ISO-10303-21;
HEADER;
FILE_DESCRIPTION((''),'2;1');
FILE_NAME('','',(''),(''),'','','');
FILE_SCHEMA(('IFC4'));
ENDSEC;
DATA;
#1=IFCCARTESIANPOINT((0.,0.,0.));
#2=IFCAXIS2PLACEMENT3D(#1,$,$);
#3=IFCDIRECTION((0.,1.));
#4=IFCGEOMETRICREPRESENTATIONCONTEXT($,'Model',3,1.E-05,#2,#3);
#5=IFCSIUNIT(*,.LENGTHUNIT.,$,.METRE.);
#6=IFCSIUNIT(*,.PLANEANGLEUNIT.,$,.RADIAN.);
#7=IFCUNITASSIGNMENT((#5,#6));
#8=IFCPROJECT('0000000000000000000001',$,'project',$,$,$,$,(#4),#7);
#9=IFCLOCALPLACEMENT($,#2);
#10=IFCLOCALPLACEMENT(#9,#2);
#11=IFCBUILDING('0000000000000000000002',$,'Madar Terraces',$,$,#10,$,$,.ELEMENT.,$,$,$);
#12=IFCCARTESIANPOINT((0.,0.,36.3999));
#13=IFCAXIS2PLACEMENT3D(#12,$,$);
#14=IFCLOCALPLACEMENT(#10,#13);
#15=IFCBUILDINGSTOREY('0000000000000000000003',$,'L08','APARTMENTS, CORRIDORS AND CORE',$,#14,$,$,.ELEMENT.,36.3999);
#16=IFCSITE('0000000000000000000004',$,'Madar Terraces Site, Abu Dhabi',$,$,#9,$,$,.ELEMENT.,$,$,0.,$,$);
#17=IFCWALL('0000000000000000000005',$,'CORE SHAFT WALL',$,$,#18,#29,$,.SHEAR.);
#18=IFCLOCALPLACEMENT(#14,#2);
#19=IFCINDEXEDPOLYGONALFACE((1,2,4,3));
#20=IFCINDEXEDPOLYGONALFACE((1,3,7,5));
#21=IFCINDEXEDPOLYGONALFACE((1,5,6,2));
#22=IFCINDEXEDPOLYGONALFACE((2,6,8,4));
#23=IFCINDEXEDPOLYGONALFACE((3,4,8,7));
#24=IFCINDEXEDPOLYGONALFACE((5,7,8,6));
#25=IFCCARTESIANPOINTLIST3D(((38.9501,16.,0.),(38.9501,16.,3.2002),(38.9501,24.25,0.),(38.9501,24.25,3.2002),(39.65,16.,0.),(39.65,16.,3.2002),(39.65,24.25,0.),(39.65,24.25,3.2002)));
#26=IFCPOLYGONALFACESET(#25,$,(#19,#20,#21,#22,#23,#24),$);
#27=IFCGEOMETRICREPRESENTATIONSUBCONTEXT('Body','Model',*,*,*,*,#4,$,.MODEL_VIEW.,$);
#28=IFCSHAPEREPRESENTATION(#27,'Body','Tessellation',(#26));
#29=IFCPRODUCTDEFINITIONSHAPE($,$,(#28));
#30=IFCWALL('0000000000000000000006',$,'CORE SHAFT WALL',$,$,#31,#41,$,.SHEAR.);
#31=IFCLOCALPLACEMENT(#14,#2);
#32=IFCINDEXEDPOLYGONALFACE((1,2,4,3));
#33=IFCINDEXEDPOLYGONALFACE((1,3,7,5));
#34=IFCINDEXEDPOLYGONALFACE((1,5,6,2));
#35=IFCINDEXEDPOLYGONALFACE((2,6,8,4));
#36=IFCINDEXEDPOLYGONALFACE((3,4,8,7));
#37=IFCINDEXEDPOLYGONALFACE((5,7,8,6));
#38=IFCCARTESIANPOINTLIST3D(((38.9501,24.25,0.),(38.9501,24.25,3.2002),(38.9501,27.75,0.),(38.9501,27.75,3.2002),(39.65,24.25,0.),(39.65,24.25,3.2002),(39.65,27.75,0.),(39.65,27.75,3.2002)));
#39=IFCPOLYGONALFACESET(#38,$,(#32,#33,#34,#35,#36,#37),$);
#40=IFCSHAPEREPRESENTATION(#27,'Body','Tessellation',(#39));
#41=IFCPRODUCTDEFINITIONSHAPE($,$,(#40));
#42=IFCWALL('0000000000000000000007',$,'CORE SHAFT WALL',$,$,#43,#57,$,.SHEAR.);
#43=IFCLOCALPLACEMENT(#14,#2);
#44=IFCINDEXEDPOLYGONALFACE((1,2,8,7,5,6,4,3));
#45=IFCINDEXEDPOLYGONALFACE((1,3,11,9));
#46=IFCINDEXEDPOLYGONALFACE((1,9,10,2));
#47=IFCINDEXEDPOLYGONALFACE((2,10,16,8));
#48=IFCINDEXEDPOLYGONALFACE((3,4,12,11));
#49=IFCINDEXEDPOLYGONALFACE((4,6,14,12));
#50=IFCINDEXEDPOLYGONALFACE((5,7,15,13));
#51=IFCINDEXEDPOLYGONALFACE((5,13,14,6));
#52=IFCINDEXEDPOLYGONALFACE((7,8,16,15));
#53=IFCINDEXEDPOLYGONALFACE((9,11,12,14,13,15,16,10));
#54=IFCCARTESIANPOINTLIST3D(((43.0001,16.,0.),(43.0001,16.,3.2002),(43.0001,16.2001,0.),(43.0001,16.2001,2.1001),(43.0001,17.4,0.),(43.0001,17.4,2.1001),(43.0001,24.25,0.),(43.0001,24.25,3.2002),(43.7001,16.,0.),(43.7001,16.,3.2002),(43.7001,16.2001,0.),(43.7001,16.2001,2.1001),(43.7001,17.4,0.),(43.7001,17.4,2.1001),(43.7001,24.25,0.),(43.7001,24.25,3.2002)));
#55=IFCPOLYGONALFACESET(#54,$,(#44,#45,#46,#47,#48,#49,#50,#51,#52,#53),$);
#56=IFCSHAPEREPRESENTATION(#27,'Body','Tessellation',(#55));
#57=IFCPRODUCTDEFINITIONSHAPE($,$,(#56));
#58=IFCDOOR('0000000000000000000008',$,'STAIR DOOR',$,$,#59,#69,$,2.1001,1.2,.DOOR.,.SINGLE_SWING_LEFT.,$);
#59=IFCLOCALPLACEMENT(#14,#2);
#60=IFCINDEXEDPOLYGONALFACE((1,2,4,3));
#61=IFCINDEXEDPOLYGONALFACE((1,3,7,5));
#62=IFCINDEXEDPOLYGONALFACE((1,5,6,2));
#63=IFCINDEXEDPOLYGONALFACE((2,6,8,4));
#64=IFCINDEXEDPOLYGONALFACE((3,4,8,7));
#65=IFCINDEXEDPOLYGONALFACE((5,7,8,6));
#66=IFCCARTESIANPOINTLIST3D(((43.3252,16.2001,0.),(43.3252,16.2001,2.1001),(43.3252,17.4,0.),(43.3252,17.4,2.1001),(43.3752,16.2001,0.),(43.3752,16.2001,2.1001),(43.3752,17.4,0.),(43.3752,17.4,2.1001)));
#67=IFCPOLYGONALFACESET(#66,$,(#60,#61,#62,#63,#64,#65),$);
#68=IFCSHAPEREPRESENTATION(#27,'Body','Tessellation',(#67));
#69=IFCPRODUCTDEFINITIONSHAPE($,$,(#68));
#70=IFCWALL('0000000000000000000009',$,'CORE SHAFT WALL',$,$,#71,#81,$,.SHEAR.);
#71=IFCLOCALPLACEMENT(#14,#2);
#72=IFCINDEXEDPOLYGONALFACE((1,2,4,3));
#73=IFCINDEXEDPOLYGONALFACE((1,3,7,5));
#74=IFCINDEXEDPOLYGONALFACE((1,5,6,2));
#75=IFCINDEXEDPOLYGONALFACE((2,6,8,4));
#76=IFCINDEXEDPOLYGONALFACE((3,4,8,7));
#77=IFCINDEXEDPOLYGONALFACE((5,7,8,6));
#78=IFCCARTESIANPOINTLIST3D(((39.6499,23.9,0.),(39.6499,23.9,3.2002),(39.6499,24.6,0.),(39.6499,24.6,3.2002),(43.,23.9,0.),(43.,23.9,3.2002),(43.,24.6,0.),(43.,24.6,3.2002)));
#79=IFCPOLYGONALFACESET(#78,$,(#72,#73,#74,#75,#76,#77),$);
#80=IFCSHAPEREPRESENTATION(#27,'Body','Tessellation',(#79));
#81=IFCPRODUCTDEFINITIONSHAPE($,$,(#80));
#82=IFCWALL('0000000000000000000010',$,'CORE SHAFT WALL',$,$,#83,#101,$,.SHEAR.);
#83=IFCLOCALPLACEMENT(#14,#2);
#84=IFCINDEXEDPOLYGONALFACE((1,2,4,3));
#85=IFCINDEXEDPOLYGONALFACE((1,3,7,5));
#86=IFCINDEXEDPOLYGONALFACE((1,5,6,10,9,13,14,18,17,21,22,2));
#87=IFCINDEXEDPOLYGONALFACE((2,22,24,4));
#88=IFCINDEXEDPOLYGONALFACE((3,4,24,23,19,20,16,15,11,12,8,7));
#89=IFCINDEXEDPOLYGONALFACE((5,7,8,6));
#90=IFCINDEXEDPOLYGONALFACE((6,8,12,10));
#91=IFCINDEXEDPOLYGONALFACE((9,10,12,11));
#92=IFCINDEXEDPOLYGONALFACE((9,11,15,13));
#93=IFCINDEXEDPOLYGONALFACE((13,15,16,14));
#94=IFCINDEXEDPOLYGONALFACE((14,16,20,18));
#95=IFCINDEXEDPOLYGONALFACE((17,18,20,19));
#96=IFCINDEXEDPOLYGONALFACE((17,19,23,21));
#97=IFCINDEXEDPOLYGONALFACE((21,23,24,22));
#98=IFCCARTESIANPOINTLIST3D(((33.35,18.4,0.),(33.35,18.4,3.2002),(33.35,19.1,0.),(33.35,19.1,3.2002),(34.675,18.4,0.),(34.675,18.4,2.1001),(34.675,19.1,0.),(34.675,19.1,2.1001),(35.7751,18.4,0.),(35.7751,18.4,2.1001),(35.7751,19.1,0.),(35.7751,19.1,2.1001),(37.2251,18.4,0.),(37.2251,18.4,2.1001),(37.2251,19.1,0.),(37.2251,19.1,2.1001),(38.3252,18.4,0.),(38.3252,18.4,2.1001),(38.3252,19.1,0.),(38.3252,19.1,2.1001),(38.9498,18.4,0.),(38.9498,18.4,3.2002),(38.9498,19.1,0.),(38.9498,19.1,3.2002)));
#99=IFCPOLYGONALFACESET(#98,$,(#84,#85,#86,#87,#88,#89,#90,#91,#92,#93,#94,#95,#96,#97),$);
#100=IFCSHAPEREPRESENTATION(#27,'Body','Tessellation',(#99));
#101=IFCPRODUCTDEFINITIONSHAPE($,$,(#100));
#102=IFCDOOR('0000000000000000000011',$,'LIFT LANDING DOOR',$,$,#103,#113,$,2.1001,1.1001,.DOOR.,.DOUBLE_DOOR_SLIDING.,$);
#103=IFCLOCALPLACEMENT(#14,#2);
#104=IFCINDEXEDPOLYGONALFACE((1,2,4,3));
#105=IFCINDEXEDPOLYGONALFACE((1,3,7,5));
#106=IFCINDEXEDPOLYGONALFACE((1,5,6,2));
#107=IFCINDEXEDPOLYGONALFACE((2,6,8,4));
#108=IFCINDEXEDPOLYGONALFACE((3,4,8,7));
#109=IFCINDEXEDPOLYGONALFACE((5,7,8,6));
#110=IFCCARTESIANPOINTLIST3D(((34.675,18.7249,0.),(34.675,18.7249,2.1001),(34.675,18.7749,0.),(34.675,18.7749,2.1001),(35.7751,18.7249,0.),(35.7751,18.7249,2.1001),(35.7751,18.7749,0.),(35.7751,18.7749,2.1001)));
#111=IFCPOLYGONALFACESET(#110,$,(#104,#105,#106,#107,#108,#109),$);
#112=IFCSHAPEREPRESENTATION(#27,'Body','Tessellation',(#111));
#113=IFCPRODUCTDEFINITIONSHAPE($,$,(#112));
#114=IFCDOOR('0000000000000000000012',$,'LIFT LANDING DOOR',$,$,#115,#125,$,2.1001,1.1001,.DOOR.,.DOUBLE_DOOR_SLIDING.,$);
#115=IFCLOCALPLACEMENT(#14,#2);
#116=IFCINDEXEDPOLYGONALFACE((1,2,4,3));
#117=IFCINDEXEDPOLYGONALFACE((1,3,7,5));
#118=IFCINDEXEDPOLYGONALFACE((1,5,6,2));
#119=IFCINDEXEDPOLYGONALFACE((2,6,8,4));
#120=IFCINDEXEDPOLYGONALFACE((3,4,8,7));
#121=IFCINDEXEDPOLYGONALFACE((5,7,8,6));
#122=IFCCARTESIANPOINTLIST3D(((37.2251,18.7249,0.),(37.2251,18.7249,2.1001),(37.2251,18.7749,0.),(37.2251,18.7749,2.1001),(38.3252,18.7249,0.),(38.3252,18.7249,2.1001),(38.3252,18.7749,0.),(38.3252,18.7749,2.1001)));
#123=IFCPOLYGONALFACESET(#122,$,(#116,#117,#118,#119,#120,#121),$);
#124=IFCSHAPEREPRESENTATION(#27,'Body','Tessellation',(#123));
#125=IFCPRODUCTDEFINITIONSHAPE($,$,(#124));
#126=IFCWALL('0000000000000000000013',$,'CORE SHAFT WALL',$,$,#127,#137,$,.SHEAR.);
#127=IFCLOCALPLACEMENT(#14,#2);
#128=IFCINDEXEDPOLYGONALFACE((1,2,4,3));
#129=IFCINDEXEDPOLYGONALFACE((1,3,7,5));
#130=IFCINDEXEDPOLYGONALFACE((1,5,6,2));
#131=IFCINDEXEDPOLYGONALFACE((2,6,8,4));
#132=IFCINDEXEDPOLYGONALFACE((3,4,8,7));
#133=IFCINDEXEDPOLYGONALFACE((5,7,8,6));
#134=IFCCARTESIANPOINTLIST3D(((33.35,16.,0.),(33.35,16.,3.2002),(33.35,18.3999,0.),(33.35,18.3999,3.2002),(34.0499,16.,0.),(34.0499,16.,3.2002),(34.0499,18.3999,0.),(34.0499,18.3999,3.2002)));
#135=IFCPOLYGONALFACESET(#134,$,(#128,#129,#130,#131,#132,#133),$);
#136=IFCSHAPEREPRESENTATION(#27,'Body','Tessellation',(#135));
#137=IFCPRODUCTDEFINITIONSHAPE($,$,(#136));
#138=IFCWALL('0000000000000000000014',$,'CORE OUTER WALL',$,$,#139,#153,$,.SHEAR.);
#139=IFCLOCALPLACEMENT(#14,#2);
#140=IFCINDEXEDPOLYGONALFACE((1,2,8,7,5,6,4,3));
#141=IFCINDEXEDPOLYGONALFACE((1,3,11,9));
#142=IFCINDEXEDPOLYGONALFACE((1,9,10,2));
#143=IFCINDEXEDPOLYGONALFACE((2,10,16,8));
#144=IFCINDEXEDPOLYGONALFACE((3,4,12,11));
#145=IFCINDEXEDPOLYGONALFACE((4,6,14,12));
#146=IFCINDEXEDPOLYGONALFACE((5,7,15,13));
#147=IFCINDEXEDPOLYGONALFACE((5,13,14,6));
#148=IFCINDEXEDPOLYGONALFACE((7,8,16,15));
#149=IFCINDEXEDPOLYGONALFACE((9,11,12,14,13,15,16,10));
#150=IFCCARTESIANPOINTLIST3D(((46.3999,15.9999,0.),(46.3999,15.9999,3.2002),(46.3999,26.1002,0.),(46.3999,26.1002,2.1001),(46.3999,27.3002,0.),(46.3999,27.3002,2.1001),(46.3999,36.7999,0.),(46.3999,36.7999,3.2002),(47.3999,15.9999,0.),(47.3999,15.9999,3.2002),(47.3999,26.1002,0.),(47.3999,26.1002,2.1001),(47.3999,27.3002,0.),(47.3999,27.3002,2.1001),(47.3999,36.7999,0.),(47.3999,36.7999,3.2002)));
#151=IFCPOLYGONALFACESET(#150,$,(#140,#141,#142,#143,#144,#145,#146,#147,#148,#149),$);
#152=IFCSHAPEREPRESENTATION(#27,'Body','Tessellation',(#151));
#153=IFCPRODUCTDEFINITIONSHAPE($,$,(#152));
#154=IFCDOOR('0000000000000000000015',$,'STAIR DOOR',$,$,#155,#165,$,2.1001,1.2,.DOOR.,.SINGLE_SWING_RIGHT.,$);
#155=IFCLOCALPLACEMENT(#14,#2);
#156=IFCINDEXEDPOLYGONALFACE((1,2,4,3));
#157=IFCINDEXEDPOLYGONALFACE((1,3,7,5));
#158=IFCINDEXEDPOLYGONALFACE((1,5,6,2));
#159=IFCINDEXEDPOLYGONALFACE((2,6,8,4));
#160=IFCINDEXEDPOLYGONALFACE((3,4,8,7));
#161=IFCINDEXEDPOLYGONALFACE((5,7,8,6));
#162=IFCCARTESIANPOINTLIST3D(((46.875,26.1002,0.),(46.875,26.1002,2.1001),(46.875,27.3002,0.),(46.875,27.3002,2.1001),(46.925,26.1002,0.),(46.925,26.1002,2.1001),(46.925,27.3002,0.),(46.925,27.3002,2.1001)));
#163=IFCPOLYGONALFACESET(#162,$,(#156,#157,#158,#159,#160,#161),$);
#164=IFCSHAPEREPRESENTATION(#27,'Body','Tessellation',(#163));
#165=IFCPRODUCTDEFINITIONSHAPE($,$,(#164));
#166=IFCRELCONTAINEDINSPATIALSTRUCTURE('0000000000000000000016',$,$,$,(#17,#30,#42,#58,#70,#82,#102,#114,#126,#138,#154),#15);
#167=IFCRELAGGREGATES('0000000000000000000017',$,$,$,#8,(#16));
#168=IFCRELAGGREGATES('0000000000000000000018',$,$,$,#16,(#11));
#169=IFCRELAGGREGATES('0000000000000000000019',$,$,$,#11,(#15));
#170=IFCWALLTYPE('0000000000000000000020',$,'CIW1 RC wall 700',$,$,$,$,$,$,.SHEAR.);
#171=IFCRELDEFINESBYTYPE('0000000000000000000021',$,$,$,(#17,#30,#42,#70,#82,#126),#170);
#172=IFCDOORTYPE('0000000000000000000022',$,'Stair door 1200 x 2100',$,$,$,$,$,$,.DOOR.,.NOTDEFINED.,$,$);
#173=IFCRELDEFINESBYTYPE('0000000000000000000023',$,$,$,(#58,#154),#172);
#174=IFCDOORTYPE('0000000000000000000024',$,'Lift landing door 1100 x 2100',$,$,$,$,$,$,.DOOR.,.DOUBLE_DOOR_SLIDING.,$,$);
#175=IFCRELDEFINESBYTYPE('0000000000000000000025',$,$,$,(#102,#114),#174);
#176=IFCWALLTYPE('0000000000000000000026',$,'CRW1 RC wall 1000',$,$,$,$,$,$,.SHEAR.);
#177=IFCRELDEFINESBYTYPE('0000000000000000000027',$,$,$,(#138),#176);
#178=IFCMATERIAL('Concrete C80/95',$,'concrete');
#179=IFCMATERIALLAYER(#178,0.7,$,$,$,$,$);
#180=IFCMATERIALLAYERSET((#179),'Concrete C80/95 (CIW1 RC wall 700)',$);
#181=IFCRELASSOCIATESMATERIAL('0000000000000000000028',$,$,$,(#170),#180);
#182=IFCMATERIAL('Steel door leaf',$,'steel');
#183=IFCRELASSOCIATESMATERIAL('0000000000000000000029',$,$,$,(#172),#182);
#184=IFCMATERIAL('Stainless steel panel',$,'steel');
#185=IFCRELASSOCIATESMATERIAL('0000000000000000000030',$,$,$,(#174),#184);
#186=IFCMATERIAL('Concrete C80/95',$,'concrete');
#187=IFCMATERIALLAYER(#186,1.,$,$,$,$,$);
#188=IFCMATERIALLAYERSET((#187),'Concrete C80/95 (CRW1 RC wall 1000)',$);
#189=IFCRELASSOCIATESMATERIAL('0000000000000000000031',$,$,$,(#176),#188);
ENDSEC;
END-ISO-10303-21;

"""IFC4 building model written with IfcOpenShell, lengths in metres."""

from ifc_helpers import new_model, si_unit, direction, frame, frame_2d, origin, place, context, subcontext, project, spatial, rectangle, extrude, material, layer, layer_set, type_object, element, fill, save


model = new_model("IFC4")

# Units and contexts
model_context = context("Model", 3, precision=1e-05, world=origin(), true_north=direction((0.0, 1.0)))
body_context = subcontext(model_context, "Body", "Model", "MODEL_VIEW")
ifc_project = project(units=[si_unit("LENGTHUNIT", "METRE"), si_unit("PLANEANGLEUNIT", "RADIAN")], contexts=[model_context])

# Site, building, storey
site_placement = place(None, origin())
site = spatial("IfcSite", under=ifc_project, at=site_placement, Name="Madar Terraces Site, Abu Dhabi", CompositionType="ELEMENT", RefElevation=0.0)
building_placement = place(site_placement, origin())
building = spatial("IfcBuilding", under=site, at=building_placement, Name="Madar Terraces", CompositionType="ELEMENT")
storey_placement = place(building_placement, frame((0.0, 0.0, 36.3999)))
storey = spatial("IfcBuildingStorey", under=building, at=storey_placement, Name="L08", Description="APARTMENTS, CORRIDORS AND CORE", CompositionType="ELEMENT", Elevation=36.3999)

# Walls
ifc_material_1 = material(Name="Concrete C80/95", Category="concrete")
ifc_layer_1 = layer(ifc_material_1, 0.7)
ifc_layer_set_1 = layer_set([ifc_layer_1], Name="Concrete C80/95 (CIW1 RC wall 700)")
wall_type_1 = type_object("IfcWallType", Name="CIW1 RC wall 700", PredefinedType="SHEAR", material=ifc_layer_set_1)
wall_1_placement = place(storey_placement, frame((39.3, 16.0, 0.0), z_axis=(0.0, 0.0, 1.0), x_axis=(0.0, 1.0, 0.0)))
element("IfcWall", 1, at=wall_1_placement, inside=storey, type_object=wall_type_1, Name="CORE SHAFT WALL", PredefinedType="SHEAR", context=body_context, shape_type="SweptSolid", body=[
    extrude(rectangle(XDim=8.25, YDim=0.7, at=frame_2d((4.125, 0.0))), origin(), (0.0, 0.0, 1.0), 3.2002),
])
wall_2_placement = place(storey_placement, frame((39.3, 24.25, 0.0), z_axis=(0.0, 0.0, 1.0), x_axis=(0.0, 1.0, 0.0)))
element("IfcWall", 2, at=wall_2_placement, inside=storey, type_object=wall_type_1, Name="CORE SHAFT WALL", PredefinedType="SHEAR", context=body_context, shape_type="SweptSolid", body=[
    extrude(rectangle(XDim=3.5, YDim=0.7, at=frame_2d((1.75, 0.0))), origin(), (0.0, 0.0, 1.0), 3.2002),
])

# Wall, opening, door
wall_3_placement = place(storey_placement, frame((43.3501, 16.0, 0.0), z_axis=(0.0, 0.0, 1.0), x_axis=(0.0, 1.0, 0.0)))
wall_3 = element("IfcWall", 3, at=wall_3_placement, inside=storey, type_object=wall_type_1, Name="CORE SHAFT WALL", PredefinedType="SHEAR", context=body_context, shape_type="SweptSolid", body=[
    extrude(rectangle(XDim=8.25, YDim=0.7, at=frame_2d((4.125, 0.0))), origin(), (0.0, 0.0, 1.0), 3.2002),
])
opening_1_placement = place(wall_3_placement, frame((0.2, 0.0, 0.0)))
opening_1 = element("IfcOpeningElement", 4, at=opening_1_placement, cuts=wall_3, PredefinedType="OPENING", context=body_context, shape_type="SweptSolid", body=[
    extrude(rectangle(XDim=1.2, YDim=2.1001, at=frame_2d((0.6001, 1.05))), frame((0.0, 0.3599, 0.0), z_axis=(0.0, -1.0, 0.0), x_axis=(1.0, 0.0, 0.0)), (0.0, 0.0, 1.0), 0.72),
])
ifc_material_2 = material(Name="Steel door leaf", Category="steel")
door_type_1 = type_object("IfcDoorType", Name="Stair door 1200 x 2100", OperationType="NOTDEFINED", PredefinedType="DOOR", material=ifc_material_2)
door_1_placement = place(opening_1_placement, origin())
door_1 = element("IfcDoor", 5, at=door_1_placement, inside=storey, type_object=door_type_1, Name="STAIR DOOR", OperationType="SINGLE_SWING_LEFT", OverallHeight=2.1001, OverallWidth=1.2, PredefinedType="DOOR", context=body_context, shape_type="SweptSolid", body=[
    extrude(rectangle(XDim=1.2, YDim=2.1001, at=frame_2d((0.6001, 1.05))), frame((0.0, 0.0249, 0.0), z_axis=(0.0, -1.0, 0.0), x_axis=(1.0, 0.0, 0.0)), (0.0, 0.0, 1.0), 0.05),
])
fill(opening_1, door_1)

# Wall
wall_4_placement = place(storey_placement, frame((39.6499, 24.25, 0.0), z_axis=(0.0, 0.0, 1.0), x_axis=(1.0, 0.0, 0.0)))
element("IfcWall", 6, at=wall_4_placement, inside=storey, type_object=wall_type_1, Name="CORE SHAFT WALL", PredefinedType="SHEAR", context=body_context, shape_type="SweptSolid", body=[
    extrude(rectangle(XDim=3.3501, YDim=0.7, at=frame_2d((1.675, 0.0))), origin(), (0.0, 0.0, 1.0), 3.2002),
])

# Wall, openings, doors
wall_5_placement = place(storey_placement, frame((33.3501, 18.75, 0.0), z_axis=(0.0, 0.0, 1.0), x_axis=(1.0, 0.0, 0.0)))
wall_5 = element("IfcWall", 7, at=wall_5_placement, inside=storey, type_object=wall_type_1, Name="CORE SHAFT WALL", PredefinedType="SHEAR", context=body_context, shape_type="SweptSolid", body=[
    extrude(rectangle(XDim=5.5999, YDim=0.7, at=frame_2d((2.7998, 0.0))), origin(), (0.0, 0.0, 1.0), 3.2002),
])
opening_2_placement = place(wall_5_placement, frame((1.325, 0.0, 0.0)))
opening_2 = element("IfcOpeningElement", 8, at=opening_2_placement, cuts=wall_5, PredefinedType="OPENING", context=body_context, shape_type="SweptSolid", body=[
    extrude(rectangle(XDim=1.1001, YDim=2.1001, at=frame_2d((0.55, 1.05))), frame((0.0, 0.3599, 0.0), z_axis=(0.0, -1.0, 0.0), x_axis=(1.0, 0.0, 0.0)), (0.0, 0.0, 1.0), 0.72),
])
opening_3_placement = place(wall_5_placement, frame((3.875, 0.0, 0.0)))
opening_3 = element("IfcOpeningElement", 9, at=opening_3_placement, cuts=wall_5, PredefinedType="OPENING", context=body_context, shape_type="SweptSolid", body=[
    extrude(rectangle(XDim=1.1001, YDim=2.1001, at=frame_2d((0.55, 1.05))), frame((0.0, 0.3599, 0.0), z_axis=(0.0, -1.0, 0.0), x_axis=(1.0, 0.0, 0.0)), (0.0, 0.0, 1.0), 0.72),
])
ifc_material_3 = material(Name="Stainless steel panel", Category="steel")
door_type_2 = type_object("IfcDoorType", Name="Lift landing door 1100 x 2100", OperationType="DOUBLE_DOOR_SLIDING", PredefinedType="DOOR", material=ifc_material_3)
door_2_placement = place(opening_2_placement, origin())
door_2 = element("IfcDoor", 10, at=door_2_placement, inside=storey, type_object=door_type_2, Name="LIFT LANDING DOOR", OperationType="DOUBLE_DOOR_SLIDING", OverallHeight=2.1001, OverallWidth=1.1001, PredefinedType="DOOR", context=body_context, shape_type="SweptSolid", body=[
    extrude(rectangle(XDim=1.1001, YDim=2.1001, at=frame_2d((0.55, 1.05))), frame((0.0, 0.0249, 0.0), z_axis=(0.0, -1.0, 0.0), x_axis=(1.0, 0.0, 0.0)), (0.0, 0.0, 1.0), 0.05),
])
fill(opening_2, door_2)
door_3_placement = place(opening_3_placement, origin())
door_3 = element("IfcDoor", 11, at=door_3_placement, inside=storey, type_object=door_type_2, Name="LIFT LANDING DOOR", OperationType="DOUBLE_DOOR_SLIDING", OverallHeight=2.1001, OverallWidth=1.1001, PredefinedType="DOOR", context=body_context, shape_type="SweptSolid", body=[
    extrude(rectangle(XDim=1.1001, YDim=2.1001, at=frame_2d((0.55, 1.05))), frame((0.0, 0.0249, 0.0), z_axis=(0.0, -1.0, 0.0), x_axis=(1.0, 0.0, 0.0)), (0.0, 0.0, 1.0), 0.05),
])
fill(opening_3, door_3)

# Wall
wall_6_placement = place(storey_placement, frame((33.7, 16.0, 0.0), z_axis=(0.0, 0.0, 1.0), x_axis=(0.0, 1.0, 0.0)))
element("IfcWall", 12, at=wall_6_placement, inside=storey, type_object=wall_type_1, Name="CORE SHAFT WALL", PredefinedType="SHEAR", context=body_context, shape_type="SweptSolid", body=[
    extrude(rectangle(XDim=2.3999, YDim=0.7, at=frame_2d((1.2, 0.0))), origin(), (0.0, 0.0, 1.0), 3.2002),
])

# Wall, opening, door
ifc_material_4 = material(Name="Concrete C80/95", Category="concrete")
ifc_layer_2 = layer(ifc_material_4, 1.0)
ifc_layer_set_2 = layer_set([ifc_layer_2], Name="Concrete C80/95 (CRW1 RC wall 1000)")
wall_type_2 = type_object("IfcWallType", Name="CRW1 RC wall 1000", PredefinedType="SHEAR", material=ifc_layer_set_2)
wall_7_placement = place(storey_placement, frame((46.8999, 16.0, 0.0), z_axis=(0.0, 0.0, 1.0), x_axis=(0.0, 1.0, 0.0)))
wall_7 = element("IfcWall", 13, at=wall_7_placement, inside=storey, type_object=wall_type_2, Name="CORE OUTER WALL", PredefinedType="SHEAR", context=body_context, shape_type="SweptSolid", body=[
    extrude(rectangle(XDim=20.8, YDim=1.0, at=frame_2d((10.3999, 0.0))), origin(), (0.0, 0.0, 1.0), 3.2002),
])
opening_4_placement = place(wall_7_placement, frame((10.1001, 0.0, 0.0)))
opening_4 = element("IfcOpeningElement", 14, at=opening_4_placement, cuts=wall_7, PredefinedType="OPENING", context=body_context, shape_type="SweptSolid", body=[
    extrude(rectangle(XDim=1.2, YDim=2.1001, at=frame_2d((0.6001, 1.05))), frame((0.0, 0.51, 0.0), z_axis=(0.0, -1.0, 0.0), x_axis=(1.0, 0.0, 0.0)), (0.0, 0.0, 1.0), 1.02),
])
door_4_placement = place(opening_4_placement, origin())
door_4 = element("IfcDoor", 15, at=door_4_placement, inside=storey, type_object=door_type_1, Name="STAIR DOOR", OperationType="SINGLE_SWING_RIGHT", OverallHeight=2.1001, OverallWidth=1.2, PredefinedType="DOOR", context=body_context, shape_type="SweptSolid", body=[
    extrude(rectangle(XDim=1.2, YDim=2.1001, at=frame_2d((0.6001, 1.05))), frame((0.0, 0.0249, 0.0), z_axis=(0.0, -1.0, 0.0), x_axis=(1.0, 0.0, 0.0)), (0.0, 0.0, 1.0), 0.05),
])
fill(opening_4, door_4)

save(model, "model.ifc")
